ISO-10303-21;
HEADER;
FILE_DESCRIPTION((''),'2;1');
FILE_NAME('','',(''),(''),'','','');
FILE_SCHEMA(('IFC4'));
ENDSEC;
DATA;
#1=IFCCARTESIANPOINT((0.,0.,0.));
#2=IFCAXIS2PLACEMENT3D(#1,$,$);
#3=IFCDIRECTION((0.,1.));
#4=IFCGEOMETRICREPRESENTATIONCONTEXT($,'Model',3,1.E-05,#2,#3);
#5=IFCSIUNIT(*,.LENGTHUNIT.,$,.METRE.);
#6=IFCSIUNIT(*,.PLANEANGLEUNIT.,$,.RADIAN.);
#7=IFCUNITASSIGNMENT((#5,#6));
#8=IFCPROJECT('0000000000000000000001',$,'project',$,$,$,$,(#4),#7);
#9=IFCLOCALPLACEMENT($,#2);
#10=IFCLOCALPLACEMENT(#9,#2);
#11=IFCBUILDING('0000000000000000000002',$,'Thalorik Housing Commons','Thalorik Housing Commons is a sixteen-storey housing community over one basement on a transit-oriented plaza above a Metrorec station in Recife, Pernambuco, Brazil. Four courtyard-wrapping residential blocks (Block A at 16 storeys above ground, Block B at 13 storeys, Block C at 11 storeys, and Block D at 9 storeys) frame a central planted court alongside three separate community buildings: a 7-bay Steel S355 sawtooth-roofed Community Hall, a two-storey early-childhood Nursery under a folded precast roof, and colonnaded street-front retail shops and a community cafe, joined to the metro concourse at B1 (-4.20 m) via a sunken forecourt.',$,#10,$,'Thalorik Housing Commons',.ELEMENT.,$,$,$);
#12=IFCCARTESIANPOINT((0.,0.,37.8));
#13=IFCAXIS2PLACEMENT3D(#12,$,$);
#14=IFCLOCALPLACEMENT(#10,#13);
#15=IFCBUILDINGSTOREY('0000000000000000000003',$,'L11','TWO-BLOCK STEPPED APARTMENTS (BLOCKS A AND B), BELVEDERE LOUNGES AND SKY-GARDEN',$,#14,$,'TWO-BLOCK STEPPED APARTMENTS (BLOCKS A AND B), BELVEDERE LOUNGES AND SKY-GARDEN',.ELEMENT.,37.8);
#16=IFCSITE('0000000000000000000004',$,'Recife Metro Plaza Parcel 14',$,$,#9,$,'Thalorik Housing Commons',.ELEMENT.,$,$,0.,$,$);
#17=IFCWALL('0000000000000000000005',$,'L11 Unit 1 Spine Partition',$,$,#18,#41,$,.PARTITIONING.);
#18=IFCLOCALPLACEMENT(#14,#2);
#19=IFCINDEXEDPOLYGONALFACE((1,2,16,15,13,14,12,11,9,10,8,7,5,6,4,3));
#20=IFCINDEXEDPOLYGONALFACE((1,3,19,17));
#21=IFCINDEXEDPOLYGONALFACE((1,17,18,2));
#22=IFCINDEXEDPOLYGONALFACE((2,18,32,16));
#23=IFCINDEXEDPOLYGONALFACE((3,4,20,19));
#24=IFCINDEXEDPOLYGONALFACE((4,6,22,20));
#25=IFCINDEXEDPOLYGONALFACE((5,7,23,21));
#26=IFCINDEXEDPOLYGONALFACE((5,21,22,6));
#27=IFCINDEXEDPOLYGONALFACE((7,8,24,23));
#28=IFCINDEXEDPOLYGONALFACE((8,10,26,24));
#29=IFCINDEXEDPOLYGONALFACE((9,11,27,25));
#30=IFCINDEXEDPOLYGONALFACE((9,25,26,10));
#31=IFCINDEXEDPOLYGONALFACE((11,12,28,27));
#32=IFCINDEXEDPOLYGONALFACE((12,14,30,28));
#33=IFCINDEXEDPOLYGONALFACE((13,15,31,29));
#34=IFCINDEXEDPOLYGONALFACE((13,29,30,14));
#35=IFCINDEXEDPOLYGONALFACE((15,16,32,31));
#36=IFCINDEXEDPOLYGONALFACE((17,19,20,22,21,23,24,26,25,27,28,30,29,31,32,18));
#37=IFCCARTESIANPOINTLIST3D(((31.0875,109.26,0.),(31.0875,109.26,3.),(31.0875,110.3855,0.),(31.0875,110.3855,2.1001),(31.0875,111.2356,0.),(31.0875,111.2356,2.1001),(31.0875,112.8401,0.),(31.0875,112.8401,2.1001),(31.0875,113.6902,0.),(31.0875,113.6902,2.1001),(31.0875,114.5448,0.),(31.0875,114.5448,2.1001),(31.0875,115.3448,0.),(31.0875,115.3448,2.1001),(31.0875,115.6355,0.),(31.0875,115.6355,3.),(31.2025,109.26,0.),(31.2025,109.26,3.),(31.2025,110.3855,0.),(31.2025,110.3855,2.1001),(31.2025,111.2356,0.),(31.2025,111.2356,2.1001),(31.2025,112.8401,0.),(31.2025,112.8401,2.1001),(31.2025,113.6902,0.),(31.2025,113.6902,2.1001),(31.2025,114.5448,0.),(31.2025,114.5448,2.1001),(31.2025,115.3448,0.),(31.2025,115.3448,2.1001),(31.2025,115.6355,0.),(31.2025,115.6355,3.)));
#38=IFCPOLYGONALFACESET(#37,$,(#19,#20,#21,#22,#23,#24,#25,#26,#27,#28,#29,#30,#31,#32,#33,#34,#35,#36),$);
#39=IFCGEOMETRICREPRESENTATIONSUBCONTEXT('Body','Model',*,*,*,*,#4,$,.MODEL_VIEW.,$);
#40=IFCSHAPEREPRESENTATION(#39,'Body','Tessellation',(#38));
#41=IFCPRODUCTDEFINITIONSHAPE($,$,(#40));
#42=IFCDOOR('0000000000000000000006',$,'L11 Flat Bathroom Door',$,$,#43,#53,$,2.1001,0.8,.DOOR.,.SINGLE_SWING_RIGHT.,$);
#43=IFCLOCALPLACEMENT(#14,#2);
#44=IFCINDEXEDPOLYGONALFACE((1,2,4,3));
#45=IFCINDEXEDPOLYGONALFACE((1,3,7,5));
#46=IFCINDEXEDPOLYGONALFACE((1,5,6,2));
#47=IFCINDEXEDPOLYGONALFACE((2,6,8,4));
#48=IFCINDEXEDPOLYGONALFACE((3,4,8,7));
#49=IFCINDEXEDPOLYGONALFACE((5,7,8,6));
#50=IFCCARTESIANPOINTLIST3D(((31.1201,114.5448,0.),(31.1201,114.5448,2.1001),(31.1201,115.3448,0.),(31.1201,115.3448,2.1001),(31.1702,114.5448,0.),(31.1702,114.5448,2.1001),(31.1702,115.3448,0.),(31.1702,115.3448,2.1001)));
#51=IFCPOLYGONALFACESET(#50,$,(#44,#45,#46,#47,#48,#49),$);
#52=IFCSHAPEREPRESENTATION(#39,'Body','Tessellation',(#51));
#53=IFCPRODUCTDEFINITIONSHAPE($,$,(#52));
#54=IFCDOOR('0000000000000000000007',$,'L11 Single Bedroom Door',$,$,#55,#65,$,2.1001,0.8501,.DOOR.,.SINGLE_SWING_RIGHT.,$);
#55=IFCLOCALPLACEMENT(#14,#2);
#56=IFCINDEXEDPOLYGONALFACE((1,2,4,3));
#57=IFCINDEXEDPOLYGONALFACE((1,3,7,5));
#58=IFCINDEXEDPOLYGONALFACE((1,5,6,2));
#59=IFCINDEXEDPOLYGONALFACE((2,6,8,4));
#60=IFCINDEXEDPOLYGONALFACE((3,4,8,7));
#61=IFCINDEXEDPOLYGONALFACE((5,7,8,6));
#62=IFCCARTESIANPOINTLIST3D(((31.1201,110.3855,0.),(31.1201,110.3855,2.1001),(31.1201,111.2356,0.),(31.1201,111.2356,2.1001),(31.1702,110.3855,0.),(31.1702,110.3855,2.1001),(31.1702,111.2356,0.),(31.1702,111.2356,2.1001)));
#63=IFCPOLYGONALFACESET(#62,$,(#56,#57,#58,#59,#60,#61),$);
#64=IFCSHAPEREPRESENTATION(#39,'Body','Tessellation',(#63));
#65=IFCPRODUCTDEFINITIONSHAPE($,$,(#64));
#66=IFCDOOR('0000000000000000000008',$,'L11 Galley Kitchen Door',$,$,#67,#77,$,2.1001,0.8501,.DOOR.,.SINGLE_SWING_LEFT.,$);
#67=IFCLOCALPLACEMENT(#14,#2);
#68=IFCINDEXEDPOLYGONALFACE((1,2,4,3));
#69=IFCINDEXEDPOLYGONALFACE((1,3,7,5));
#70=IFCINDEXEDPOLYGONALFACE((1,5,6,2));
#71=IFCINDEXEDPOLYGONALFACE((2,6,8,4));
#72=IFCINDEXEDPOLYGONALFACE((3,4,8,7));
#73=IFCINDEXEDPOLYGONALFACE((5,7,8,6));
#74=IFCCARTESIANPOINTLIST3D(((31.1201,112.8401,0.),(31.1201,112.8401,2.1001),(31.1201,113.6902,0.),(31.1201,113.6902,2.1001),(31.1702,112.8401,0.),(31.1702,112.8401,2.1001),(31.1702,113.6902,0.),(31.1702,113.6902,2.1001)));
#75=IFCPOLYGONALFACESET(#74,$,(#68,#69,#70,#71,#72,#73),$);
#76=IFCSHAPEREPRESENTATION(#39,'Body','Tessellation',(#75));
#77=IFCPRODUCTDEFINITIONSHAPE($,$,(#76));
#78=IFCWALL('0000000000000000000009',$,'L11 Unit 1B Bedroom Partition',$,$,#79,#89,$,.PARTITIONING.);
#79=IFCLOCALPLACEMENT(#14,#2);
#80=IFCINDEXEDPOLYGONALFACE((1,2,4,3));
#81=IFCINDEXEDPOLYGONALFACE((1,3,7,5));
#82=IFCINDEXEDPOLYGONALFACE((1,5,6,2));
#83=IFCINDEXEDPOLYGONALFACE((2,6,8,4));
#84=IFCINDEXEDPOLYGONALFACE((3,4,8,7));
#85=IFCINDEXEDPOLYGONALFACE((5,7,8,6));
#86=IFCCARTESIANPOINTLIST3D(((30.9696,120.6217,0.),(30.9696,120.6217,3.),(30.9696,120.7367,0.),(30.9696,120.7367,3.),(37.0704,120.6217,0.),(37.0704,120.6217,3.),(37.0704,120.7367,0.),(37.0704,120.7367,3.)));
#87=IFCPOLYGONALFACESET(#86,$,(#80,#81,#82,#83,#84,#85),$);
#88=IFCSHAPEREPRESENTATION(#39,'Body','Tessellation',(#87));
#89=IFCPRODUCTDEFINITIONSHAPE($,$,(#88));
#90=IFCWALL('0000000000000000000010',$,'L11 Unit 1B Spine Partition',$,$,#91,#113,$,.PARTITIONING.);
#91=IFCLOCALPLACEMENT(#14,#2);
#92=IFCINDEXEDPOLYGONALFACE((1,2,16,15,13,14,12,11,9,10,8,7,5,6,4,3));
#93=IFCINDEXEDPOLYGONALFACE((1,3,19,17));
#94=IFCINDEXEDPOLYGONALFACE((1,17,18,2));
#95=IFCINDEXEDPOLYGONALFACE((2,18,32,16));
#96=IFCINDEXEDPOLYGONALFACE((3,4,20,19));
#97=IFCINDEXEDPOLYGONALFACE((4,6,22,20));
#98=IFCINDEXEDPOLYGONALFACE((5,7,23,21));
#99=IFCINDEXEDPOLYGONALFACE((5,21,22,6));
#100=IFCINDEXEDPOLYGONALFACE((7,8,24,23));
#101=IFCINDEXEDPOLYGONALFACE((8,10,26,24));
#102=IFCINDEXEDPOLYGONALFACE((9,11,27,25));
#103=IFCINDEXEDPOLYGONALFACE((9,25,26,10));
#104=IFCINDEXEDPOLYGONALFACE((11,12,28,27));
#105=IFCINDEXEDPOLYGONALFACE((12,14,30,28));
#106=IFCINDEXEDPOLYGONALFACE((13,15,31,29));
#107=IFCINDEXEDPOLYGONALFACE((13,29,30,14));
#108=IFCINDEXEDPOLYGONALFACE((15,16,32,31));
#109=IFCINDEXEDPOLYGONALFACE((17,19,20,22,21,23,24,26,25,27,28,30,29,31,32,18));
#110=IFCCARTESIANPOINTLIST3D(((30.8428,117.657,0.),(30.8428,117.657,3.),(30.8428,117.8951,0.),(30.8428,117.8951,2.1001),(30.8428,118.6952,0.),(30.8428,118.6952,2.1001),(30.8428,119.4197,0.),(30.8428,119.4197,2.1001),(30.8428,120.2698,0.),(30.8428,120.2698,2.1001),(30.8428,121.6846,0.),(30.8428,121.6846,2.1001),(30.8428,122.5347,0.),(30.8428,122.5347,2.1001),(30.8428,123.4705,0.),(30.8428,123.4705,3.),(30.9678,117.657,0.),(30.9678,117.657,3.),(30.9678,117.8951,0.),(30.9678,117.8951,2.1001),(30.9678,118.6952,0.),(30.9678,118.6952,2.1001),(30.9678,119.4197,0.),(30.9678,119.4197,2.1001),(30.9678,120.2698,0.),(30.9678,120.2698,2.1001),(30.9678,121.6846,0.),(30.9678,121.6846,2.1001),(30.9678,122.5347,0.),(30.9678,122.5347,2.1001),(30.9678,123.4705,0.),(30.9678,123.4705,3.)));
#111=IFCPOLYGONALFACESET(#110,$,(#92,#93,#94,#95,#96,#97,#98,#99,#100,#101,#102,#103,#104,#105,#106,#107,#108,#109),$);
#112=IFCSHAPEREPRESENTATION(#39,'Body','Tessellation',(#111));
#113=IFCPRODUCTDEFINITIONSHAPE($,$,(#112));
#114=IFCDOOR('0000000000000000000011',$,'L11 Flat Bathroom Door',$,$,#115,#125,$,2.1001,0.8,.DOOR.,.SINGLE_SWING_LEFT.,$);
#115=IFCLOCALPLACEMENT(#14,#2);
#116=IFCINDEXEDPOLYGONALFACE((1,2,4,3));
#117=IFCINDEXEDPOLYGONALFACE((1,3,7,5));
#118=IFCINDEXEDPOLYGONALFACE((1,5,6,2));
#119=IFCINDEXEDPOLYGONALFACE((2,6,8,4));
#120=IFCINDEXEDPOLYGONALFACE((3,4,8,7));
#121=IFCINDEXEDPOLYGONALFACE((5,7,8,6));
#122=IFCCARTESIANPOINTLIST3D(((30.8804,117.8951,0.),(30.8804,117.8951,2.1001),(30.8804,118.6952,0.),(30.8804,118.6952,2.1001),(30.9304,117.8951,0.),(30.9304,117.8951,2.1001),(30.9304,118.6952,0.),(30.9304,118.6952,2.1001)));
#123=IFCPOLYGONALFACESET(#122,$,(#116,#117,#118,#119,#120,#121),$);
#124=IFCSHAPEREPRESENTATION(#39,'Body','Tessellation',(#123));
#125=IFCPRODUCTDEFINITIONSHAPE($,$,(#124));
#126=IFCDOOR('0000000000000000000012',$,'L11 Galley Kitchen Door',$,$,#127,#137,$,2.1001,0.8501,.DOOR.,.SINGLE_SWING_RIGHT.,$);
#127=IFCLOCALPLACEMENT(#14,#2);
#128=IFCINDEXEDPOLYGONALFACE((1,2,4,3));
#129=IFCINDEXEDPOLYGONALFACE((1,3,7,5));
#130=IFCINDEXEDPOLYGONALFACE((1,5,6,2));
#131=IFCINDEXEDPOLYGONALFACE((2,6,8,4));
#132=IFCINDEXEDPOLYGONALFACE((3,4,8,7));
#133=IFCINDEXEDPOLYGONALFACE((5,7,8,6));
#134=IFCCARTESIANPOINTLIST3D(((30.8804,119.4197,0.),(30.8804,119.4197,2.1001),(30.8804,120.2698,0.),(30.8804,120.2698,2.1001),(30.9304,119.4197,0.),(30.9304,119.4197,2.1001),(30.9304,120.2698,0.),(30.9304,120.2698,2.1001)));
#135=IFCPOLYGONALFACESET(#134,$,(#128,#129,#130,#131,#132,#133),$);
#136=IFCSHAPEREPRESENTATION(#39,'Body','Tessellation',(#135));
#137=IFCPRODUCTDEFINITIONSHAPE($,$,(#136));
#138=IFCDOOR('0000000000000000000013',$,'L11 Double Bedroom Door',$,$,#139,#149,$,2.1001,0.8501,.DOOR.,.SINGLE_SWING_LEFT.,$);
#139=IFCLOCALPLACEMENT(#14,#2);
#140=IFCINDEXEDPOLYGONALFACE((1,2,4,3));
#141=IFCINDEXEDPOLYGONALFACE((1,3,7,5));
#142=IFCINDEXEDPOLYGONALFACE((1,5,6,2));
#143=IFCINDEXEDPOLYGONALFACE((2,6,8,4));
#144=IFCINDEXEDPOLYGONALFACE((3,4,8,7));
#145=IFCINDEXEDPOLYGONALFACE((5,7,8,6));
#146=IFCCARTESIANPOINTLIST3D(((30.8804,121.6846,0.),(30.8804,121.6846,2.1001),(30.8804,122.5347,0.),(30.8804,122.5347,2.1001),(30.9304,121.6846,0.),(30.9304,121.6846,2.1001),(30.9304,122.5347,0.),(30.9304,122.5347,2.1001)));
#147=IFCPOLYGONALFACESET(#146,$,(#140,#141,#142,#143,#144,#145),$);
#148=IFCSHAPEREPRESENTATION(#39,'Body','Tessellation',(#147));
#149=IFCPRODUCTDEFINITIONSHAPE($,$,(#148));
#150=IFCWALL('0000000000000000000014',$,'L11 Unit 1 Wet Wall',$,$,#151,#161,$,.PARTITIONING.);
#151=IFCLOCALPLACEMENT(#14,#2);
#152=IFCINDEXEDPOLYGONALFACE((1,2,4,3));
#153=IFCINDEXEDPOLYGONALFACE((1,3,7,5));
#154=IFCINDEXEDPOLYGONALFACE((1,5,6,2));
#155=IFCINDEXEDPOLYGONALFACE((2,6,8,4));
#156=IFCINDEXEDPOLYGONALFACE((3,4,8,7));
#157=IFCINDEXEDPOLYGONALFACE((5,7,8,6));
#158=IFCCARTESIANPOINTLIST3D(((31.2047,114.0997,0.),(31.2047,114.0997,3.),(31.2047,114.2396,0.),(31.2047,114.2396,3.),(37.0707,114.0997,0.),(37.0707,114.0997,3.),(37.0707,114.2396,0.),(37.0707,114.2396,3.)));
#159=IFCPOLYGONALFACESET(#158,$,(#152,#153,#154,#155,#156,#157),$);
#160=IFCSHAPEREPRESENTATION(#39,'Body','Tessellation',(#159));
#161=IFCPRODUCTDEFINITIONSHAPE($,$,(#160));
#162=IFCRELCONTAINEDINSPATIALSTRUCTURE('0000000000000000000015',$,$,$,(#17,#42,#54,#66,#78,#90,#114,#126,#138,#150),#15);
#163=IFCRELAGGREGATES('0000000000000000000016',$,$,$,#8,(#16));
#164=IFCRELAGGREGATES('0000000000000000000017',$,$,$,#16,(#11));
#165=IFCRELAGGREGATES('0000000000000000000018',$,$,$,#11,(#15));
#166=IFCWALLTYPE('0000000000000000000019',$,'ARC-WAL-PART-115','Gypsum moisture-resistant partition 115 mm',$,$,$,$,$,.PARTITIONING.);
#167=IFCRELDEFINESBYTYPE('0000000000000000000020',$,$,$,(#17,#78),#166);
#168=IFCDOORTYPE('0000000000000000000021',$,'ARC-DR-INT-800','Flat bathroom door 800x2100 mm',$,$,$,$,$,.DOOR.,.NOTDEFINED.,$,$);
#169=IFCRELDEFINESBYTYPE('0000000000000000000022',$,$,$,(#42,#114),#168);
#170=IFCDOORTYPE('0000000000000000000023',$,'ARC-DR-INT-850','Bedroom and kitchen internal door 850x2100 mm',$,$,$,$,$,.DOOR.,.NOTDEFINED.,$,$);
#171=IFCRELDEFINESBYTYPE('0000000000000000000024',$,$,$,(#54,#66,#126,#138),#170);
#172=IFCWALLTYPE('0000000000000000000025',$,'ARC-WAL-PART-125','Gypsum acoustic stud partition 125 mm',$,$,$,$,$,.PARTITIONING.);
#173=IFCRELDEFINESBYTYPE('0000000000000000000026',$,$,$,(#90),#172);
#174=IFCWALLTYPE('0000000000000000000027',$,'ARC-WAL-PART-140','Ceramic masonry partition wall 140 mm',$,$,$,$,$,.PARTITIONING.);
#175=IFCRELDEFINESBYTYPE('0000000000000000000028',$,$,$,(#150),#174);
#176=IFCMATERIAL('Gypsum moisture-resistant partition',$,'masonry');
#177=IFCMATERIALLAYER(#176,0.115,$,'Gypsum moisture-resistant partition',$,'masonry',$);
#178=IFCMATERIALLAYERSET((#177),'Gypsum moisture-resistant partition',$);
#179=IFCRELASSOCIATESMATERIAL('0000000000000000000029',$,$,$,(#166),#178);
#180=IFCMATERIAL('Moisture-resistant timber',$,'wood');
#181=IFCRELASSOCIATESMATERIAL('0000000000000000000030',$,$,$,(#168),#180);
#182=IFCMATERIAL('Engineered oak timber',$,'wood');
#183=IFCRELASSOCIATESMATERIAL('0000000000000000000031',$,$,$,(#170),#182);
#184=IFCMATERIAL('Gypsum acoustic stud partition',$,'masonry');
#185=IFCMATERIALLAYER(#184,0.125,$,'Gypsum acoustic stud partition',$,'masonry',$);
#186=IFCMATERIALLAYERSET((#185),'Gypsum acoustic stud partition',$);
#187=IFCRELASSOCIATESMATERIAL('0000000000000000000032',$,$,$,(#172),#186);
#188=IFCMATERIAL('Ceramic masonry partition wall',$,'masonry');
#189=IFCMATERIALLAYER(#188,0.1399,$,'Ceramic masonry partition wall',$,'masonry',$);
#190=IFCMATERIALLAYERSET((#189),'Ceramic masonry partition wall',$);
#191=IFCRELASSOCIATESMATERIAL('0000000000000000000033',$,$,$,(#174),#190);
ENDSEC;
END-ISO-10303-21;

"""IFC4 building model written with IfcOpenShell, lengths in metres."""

from ifc_helpers import new_model, si_unit, direction, frame, frame_2d, origin, place, context, subcontext, project, spatial, rectangle, extrude, material, layer, layer_set, type_object, element, fill, save


model = new_model("IFC4")

# Units and contexts
model_context = context("Model", 3, precision=1e-05, world=origin(), true_north=direction((0.0, 1.0)))
body_context = subcontext(model_context, "Body", "Model", "MODEL_VIEW")
ifc_project = project(units=[si_unit("LENGTHUNIT", "METRE"), si_unit("PLANEANGLEUNIT", "RADIAN")], contexts=[model_context])

# Site, building, storey
site_placement = place(None, origin())
site = spatial("IfcSite", under=ifc_project, at=site_placement, Name="Recife Metro Plaza Parcel 14", LongName="Thalorik Housing Commons", CompositionType="ELEMENT", RefElevation=0.0)
building_placement = place(site_placement, origin())
building = spatial("IfcBuilding", under=site, at=building_placement, Name="Thalorik Housing Commons", Description="Thalorik Housing Commons is a sixteen-storey housing community over one basement on a transit-oriented plaza above a Metrorec station in Recife, Pernambuco, Brazil. Four courtyard-wrapping residential blocks (Block A at 16 storeys above ground, Block B at 13 storeys, Block C at 11 storeys, and Block D at 9 storeys) frame a central planted court alongside three separate community buildings: a 7-bay Steel S355 sawtooth-roofed Community Hall, a two-storey early-childhood Nursery under a folded precast roof, and colonnaded street-front retail shops and a community cafe, joined to the metro concourse at B1 (-4.20 m) via a sunken forecourt.", LongName="Thalorik Housing Commons", CompositionType="ELEMENT")
storey_placement = place(building_placement, frame((0.0, 0.0, 37.8)))
storey = spatial("IfcBuildingStorey", under=building, at=storey_placement, Name="L11", Description="TWO-BLOCK STEPPED APARTMENTS (BLOCKS A AND B), BELVEDERE LOUNGES AND SKY-GARDEN", LongName="TWO-BLOCK STEPPED APARTMENTS (BLOCKS A AND B), BELVEDERE LOUNGES AND SKY-GARDEN", CompositionType="ELEMENT", Elevation=37.8)

# Wall, openings, doors
ifc_material_1 = material(Name="Gypsum moisture-resistant partition", Category="masonry")
ifc_layer_1 = layer(ifc_material_1, 0.115, Name="Gypsum moisture-resistant partition", Category="masonry")
ifc_layer_set_1 = layer_set([ifc_layer_1], Name="Gypsum moisture-resistant partition")
wall_type_1 = type_object("IfcWallType", Name="ARC-WAL-PART-115", Description="Gypsum moisture-resistant partition 115 mm", PredefinedType="PARTITIONING", material=ifc_layer_set_1)
wall_1_placement = place(storey_placement, frame((31.145, 109.26, 0.0), z_axis=(0.0, 0.0, 1.0), x_axis=(0.0, 1.0, 0.0)))
wall_1 = element("IfcWall", 1, at=wall_1_placement, inside=storey, type_object=wall_type_1, Name="L11 Unit 1 Spine Partition", PredefinedType="PARTITIONING", context=body_context, shape_type="SweptSolid", body=[
    extrude(rectangle(XDim=6.3755, YDim=0.115, at=frame_2d((3.1877, 0.0))), origin(), (0.0, 0.0, 1.0), 3.0),
])
opening_1_placement = place(wall_1_placement, frame((1.1255, 0.0, 0.0)))
opening_1 = element("IfcOpeningElement", 2, at=opening_1_placement, cuts=wall_1, PredefinedType="OPENING", context=body_context, shape_type="SweptSolid", body=[
    extrude(rectangle(XDim=0.8501, YDim=2.1001, at=frame_2d((0.425, 1.05))), frame((0.0, 0.0674, 0.0), z_axis=(0.0, -1.0, 0.0), x_axis=(1.0, 0.0, 0.0)), (0.0, 0.0, 1.0), 0.135),
])
opening_2_placement = place(wall_1_placement, frame((3.5801, 0.0, 0.0)))
opening_2 = element("IfcOpeningElement", 3, at=opening_2_placement, cuts=wall_1, PredefinedType="OPENING", context=body_context, shape_type="SweptSolid", body=[
    extrude(rectangle(XDim=0.8501, YDim=2.1001, at=frame_2d((0.425, 1.05))), frame((0.0, 0.0674, 0.0), z_axis=(0.0, -1.0, 0.0), x_axis=(1.0, 0.0, 0.0)), (0.0, 0.0, 1.0), 0.135),
])
opening_3_placement = place(wall_1_placement, frame((5.2849, 0.0, 0.0)))
opening_3 = element("IfcOpeningElement", 4, at=opening_3_placement, cuts=wall_1, PredefinedType="OPENING", context=body_context, shape_type="SweptSolid", body=[
    extrude(rectangle(XDim=0.8, YDim=2.1001, at=frame_2d((0.3999, 1.05))), frame((0.0, 0.0674, 0.0), z_axis=(0.0, -1.0, 0.0), x_axis=(1.0, 0.0, 0.0)), (0.0, 0.0, 1.0), 0.135),
])
ifc_material_2 = material(Name="Moisture-resistant timber", Category="wood")
door_type_1 = type_object("IfcDoorType", Name="ARC-DR-INT-800", Description="Flat bathroom door 800x2100 mm", OperationType="NOTDEFINED", PredefinedType="DOOR", material=ifc_material_2)
door_1_placement = place(opening_3_placement, origin())
door_1 = element("IfcDoor", 5, at=door_1_placement, inside=storey, type_object=door_type_1, Name="L11 Flat Bathroom Door", OperationType="SINGLE_SWING_RIGHT", OverallHeight=2.1001, OverallWidth=0.8, PredefinedType="DOOR", context=body_context, shape_type="SweptSolid", body=[
    extrude(rectangle(XDim=0.8, YDim=2.1001, at=frame_2d((0.3999, 1.05))), frame((0.0, 0.0249, 0.0), z_axis=(0.0, -1.0, 0.0), x_axis=(1.0, 0.0, 0.0)), (0.0, 0.0, 1.0), 0.05),
])
fill(opening_3, door_1)
ifc_material_3 = material(Name="Engineered oak timber", Category="wood")
door_type_2 = type_object("IfcDoorType", Name="ARC-DR-INT-850", Description="Bedroom and kitchen internal door 850x2100 mm", OperationType="NOTDEFINED", PredefinedType="DOOR", material=ifc_material_3)
door_2_placement = place(opening_1_placement, origin())
door_2 = element("IfcDoor", 6, at=door_2_placement, inside=storey, type_object=door_type_2, Name="L11 Single Bedroom Door", OperationType="SINGLE_SWING_RIGHT", OverallHeight=2.1001, OverallWidth=0.8501, PredefinedType="DOOR", context=body_context, shape_type="SweptSolid", body=[
    extrude(rectangle(XDim=0.8501, YDim=2.1001, at=frame_2d((0.425, 1.05))), frame((0.0, 0.0249, 0.0), z_axis=(0.0, -1.0, 0.0), x_axis=(1.0, 0.0, 0.0)), (0.0, 0.0, 1.0), 0.05),
])
fill(opening_1, door_2)
door_3_placement = place(opening_2_placement, origin())
door_3 = element("IfcDoor", 7, at=door_3_placement, inside=storey, type_object=door_type_2, Name="L11 Galley Kitchen Door", OperationType="SINGLE_SWING_LEFT", OverallHeight=2.1001, OverallWidth=0.8501, PredefinedType="DOOR", context=body_context, shape_type="SweptSolid", body=[
    extrude(rectangle(XDim=0.8501, YDim=2.1001, at=frame_2d((0.425, 1.05))), frame((0.0, 0.0249, 0.0), z_axis=(0.0, -1.0, 0.0), x_axis=(1.0, 0.0, 0.0)), (0.0, 0.0, 1.0), 0.05),
])
fill(opening_2, door_3)

# Wall
wall_2_placement = place(storey_placement, frame((30.9697, 120.6792, 0.0), z_axis=(0.0, 0.0, 1.0), x_axis=(1.0, 0.0, 0.0)))
element("IfcWall", 8, at=wall_2_placement, inside=storey, type_object=wall_type_1, Name="L11 Unit 1B Bedroom Partition", PredefinedType="PARTITIONING", context=body_context, shape_type="SweptSolid", body=[
    extrude(rectangle(XDim=6.1008, YDim=0.115, at=frame_2d((3.0503, 0.0))), origin(), (0.0, 0.0, 1.0), 3.0),
])

# Wall, openings, doors
ifc_material_4 = material(Name="Gypsum acoustic stud partition", Category="masonry")
ifc_layer_2 = layer(ifc_material_4, 0.125, Name="Gypsum acoustic stud partition", Category="masonry")
ifc_layer_set_2 = layer_set([ifc_layer_2], Name="Gypsum acoustic stud partition")
wall_type_2 = type_object("IfcWallType", Name="ARC-WAL-PART-125", Description="Gypsum acoustic stud partition 125 mm", PredefinedType="PARTITIONING", material=ifc_layer_set_2)
wall_3_placement = place(storey_placement, frame((30.9053, 117.657, 0.0), z_axis=(0.0, 0.0, 1.0), x_axis=(0.0, 1.0, 0.0)))
wall_3 = element("IfcWall", 9, at=wall_3_placement, inside=storey, type_object=wall_type_2, Name="L11 Unit 1B Spine Partition", PredefinedType="PARTITIONING", context=body_context, shape_type="SweptSolid", body=[
    extrude(rectangle(XDim=5.8135, YDim=0.125, at=frame_2d((2.9067, 0.0))), origin(), (0.0, 0.0, 1.0), 3.0),
])
opening_4_placement = place(wall_3_placement, frame((0.2383, 0.0, 0.0)))
opening_4 = element("IfcOpeningElement", 10, at=opening_4_placement, cuts=wall_3, PredefinedType="OPENING", context=body_context, shape_type="SweptSolid", body=[
    extrude(rectangle(XDim=0.8, YDim=2.1001, at=frame_2d((0.3999, 1.05))), frame((0.0, 0.0725, 0.0), z_axis=(0.0, -1.0, 0.0), x_axis=(1.0, 0.0, 0.0)), (0.0, 0.0, 1.0), 0.145),
])
opening_5_placement = place(wall_3_placement, frame((1.7627, 0.0, 0.0)))
opening_5 = element("IfcOpeningElement", 11, at=opening_5_placement, cuts=wall_3, PredefinedType="OPENING", context=body_context, shape_type="SweptSolid", body=[
    extrude(rectangle(XDim=0.8501, YDim=2.1001, at=frame_2d((0.425, 1.05))), frame((0.0, 0.0725, 0.0), z_axis=(0.0, -1.0, 0.0), x_axis=(1.0, 0.0, 0.0)), (0.0, 0.0, 1.0), 0.145),
])
opening_6_placement = place(wall_3_placement, frame((4.0276, 0.0, 0.0)))
opening_6 = element("IfcOpeningElement", 12, at=opening_6_placement, cuts=wall_3, PredefinedType="OPENING", context=body_context, shape_type="SweptSolid", body=[
    extrude(rectangle(XDim=0.8501, YDim=2.1001, at=frame_2d((0.425, 1.05))), frame((0.0, 0.0725, 0.0), z_axis=(0.0, -1.0, 0.0), x_axis=(1.0, 0.0, 0.0)), (0.0, 0.0, 1.0), 0.145),
])
door_4_placement = place(opening_4_placement, origin())
door_4 = element("IfcDoor", 13, at=door_4_placement, inside=storey, type_object=door_type_1, Name="L11 Flat Bathroom Door", OperationType="SINGLE_SWING_LEFT", OverallHeight=2.1001, OverallWidth=0.8, PredefinedType="DOOR", context=body_context, shape_type="SweptSolid", body=[
    extrude(rectangle(XDim=0.8, YDim=2.1001, at=frame_2d((0.3999, 1.05))), frame((0.0, 0.0249, 0.0), z_axis=(0.0, -1.0, 0.0), x_axis=(1.0, 0.0, 0.0)), (0.0, 0.0, 1.0), 0.05),
])
fill(opening_4, door_4)
door_5_placement = place(opening_5_placement, origin())
door_5 = element("IfcDoor", 14, at=door_5_placement, inside=storey, type_object=door_type_2, Name="L11 Galley Kitchen Door", OperationType="SINGLE_SWING_RIGHT", OverallHeight=2.1001, OverallWidth=0.8501, PredefinedType="DOOR", context=body_context, shape_type="SweptSolid", body=[
    extrude(rectangle(XDim=0.8501, YDim=2.1001, at=frame_2d((0.425, 1.05))), frame((0.0, 0.0249, 0.0), z_axis=(0.0, -1.0, 0.0), x_axis=(1.0, 0.0, 0.0)), (0.0, 0.0, 1.0), 0.05),
])
fill(opening_5, door_5)
door_6_placement = place(opening_6_placement, origin())
door_6 = element("IfcDoor", 15, at=door_6_placement, inside=storey, type_object=door_type_2, Name="L11 Double Bedroom Door", OperationType="SINGLE_SWING_LEFT", OverallHeight=2.1001, OverallWidth=0.8501, PredefinedType="DOOR", context=body_context, shape_type="SweptSolid", body=[
    extrude(rectangle(XDim=0.8501, YDim=2.1001, at=frame_2d((0.425, 1.05))), frame((0.0, 0.0249, 0.0), z_axis=(0.0, -1.0, 0.0), x_axis=(1.0, 0.0, 0.0)), (0.0, 0.0, 1.0), 0.05),
])
fill(opening_6, door_6)

# Wall
ifc_material_5 = material(Name="Ceramic masonry partition wall", Category="masonry")
ifc_layer_3 = layer(ifc_material_5, 0.1399, Name="Ceramic masonry partition wall", Category="masonry")
ifc_layer_set_3 = layer_set([ifc_layer_3], Name="Ceramic masonry partition wall")
wall_type_3 = type_object("IfcWallType", Name="ARC-WAL-PART-140", Description="Ceramic masonry partition wall 140 mm", PredefinedType="PARTITIONING", material=ifc_layer_set_3)
wall_4_placement = place(storey_placement, frame((31.2046, 114.1697, 0.0), z_axis=(0.0, 0.0, 1.0), x_axis=(1.0, 0.0, 0.0)))
element("IfcWall", 16, at=wall_4_placement, inside=storey, type_object=wall_type_3, Name="L11 Unit 1 Wet Wall", PredefinedType="PARTITIONING", context=body_context, shape_type="SweptSolid", body=[
    extrude(rectangle(XDim=5.866, YDim=0.1399, at=frame_2d((2.9331, 0.0))), origin(), (0.0, 0.0, 1.0), 3.0),
])

save(model, "model.ifc")
